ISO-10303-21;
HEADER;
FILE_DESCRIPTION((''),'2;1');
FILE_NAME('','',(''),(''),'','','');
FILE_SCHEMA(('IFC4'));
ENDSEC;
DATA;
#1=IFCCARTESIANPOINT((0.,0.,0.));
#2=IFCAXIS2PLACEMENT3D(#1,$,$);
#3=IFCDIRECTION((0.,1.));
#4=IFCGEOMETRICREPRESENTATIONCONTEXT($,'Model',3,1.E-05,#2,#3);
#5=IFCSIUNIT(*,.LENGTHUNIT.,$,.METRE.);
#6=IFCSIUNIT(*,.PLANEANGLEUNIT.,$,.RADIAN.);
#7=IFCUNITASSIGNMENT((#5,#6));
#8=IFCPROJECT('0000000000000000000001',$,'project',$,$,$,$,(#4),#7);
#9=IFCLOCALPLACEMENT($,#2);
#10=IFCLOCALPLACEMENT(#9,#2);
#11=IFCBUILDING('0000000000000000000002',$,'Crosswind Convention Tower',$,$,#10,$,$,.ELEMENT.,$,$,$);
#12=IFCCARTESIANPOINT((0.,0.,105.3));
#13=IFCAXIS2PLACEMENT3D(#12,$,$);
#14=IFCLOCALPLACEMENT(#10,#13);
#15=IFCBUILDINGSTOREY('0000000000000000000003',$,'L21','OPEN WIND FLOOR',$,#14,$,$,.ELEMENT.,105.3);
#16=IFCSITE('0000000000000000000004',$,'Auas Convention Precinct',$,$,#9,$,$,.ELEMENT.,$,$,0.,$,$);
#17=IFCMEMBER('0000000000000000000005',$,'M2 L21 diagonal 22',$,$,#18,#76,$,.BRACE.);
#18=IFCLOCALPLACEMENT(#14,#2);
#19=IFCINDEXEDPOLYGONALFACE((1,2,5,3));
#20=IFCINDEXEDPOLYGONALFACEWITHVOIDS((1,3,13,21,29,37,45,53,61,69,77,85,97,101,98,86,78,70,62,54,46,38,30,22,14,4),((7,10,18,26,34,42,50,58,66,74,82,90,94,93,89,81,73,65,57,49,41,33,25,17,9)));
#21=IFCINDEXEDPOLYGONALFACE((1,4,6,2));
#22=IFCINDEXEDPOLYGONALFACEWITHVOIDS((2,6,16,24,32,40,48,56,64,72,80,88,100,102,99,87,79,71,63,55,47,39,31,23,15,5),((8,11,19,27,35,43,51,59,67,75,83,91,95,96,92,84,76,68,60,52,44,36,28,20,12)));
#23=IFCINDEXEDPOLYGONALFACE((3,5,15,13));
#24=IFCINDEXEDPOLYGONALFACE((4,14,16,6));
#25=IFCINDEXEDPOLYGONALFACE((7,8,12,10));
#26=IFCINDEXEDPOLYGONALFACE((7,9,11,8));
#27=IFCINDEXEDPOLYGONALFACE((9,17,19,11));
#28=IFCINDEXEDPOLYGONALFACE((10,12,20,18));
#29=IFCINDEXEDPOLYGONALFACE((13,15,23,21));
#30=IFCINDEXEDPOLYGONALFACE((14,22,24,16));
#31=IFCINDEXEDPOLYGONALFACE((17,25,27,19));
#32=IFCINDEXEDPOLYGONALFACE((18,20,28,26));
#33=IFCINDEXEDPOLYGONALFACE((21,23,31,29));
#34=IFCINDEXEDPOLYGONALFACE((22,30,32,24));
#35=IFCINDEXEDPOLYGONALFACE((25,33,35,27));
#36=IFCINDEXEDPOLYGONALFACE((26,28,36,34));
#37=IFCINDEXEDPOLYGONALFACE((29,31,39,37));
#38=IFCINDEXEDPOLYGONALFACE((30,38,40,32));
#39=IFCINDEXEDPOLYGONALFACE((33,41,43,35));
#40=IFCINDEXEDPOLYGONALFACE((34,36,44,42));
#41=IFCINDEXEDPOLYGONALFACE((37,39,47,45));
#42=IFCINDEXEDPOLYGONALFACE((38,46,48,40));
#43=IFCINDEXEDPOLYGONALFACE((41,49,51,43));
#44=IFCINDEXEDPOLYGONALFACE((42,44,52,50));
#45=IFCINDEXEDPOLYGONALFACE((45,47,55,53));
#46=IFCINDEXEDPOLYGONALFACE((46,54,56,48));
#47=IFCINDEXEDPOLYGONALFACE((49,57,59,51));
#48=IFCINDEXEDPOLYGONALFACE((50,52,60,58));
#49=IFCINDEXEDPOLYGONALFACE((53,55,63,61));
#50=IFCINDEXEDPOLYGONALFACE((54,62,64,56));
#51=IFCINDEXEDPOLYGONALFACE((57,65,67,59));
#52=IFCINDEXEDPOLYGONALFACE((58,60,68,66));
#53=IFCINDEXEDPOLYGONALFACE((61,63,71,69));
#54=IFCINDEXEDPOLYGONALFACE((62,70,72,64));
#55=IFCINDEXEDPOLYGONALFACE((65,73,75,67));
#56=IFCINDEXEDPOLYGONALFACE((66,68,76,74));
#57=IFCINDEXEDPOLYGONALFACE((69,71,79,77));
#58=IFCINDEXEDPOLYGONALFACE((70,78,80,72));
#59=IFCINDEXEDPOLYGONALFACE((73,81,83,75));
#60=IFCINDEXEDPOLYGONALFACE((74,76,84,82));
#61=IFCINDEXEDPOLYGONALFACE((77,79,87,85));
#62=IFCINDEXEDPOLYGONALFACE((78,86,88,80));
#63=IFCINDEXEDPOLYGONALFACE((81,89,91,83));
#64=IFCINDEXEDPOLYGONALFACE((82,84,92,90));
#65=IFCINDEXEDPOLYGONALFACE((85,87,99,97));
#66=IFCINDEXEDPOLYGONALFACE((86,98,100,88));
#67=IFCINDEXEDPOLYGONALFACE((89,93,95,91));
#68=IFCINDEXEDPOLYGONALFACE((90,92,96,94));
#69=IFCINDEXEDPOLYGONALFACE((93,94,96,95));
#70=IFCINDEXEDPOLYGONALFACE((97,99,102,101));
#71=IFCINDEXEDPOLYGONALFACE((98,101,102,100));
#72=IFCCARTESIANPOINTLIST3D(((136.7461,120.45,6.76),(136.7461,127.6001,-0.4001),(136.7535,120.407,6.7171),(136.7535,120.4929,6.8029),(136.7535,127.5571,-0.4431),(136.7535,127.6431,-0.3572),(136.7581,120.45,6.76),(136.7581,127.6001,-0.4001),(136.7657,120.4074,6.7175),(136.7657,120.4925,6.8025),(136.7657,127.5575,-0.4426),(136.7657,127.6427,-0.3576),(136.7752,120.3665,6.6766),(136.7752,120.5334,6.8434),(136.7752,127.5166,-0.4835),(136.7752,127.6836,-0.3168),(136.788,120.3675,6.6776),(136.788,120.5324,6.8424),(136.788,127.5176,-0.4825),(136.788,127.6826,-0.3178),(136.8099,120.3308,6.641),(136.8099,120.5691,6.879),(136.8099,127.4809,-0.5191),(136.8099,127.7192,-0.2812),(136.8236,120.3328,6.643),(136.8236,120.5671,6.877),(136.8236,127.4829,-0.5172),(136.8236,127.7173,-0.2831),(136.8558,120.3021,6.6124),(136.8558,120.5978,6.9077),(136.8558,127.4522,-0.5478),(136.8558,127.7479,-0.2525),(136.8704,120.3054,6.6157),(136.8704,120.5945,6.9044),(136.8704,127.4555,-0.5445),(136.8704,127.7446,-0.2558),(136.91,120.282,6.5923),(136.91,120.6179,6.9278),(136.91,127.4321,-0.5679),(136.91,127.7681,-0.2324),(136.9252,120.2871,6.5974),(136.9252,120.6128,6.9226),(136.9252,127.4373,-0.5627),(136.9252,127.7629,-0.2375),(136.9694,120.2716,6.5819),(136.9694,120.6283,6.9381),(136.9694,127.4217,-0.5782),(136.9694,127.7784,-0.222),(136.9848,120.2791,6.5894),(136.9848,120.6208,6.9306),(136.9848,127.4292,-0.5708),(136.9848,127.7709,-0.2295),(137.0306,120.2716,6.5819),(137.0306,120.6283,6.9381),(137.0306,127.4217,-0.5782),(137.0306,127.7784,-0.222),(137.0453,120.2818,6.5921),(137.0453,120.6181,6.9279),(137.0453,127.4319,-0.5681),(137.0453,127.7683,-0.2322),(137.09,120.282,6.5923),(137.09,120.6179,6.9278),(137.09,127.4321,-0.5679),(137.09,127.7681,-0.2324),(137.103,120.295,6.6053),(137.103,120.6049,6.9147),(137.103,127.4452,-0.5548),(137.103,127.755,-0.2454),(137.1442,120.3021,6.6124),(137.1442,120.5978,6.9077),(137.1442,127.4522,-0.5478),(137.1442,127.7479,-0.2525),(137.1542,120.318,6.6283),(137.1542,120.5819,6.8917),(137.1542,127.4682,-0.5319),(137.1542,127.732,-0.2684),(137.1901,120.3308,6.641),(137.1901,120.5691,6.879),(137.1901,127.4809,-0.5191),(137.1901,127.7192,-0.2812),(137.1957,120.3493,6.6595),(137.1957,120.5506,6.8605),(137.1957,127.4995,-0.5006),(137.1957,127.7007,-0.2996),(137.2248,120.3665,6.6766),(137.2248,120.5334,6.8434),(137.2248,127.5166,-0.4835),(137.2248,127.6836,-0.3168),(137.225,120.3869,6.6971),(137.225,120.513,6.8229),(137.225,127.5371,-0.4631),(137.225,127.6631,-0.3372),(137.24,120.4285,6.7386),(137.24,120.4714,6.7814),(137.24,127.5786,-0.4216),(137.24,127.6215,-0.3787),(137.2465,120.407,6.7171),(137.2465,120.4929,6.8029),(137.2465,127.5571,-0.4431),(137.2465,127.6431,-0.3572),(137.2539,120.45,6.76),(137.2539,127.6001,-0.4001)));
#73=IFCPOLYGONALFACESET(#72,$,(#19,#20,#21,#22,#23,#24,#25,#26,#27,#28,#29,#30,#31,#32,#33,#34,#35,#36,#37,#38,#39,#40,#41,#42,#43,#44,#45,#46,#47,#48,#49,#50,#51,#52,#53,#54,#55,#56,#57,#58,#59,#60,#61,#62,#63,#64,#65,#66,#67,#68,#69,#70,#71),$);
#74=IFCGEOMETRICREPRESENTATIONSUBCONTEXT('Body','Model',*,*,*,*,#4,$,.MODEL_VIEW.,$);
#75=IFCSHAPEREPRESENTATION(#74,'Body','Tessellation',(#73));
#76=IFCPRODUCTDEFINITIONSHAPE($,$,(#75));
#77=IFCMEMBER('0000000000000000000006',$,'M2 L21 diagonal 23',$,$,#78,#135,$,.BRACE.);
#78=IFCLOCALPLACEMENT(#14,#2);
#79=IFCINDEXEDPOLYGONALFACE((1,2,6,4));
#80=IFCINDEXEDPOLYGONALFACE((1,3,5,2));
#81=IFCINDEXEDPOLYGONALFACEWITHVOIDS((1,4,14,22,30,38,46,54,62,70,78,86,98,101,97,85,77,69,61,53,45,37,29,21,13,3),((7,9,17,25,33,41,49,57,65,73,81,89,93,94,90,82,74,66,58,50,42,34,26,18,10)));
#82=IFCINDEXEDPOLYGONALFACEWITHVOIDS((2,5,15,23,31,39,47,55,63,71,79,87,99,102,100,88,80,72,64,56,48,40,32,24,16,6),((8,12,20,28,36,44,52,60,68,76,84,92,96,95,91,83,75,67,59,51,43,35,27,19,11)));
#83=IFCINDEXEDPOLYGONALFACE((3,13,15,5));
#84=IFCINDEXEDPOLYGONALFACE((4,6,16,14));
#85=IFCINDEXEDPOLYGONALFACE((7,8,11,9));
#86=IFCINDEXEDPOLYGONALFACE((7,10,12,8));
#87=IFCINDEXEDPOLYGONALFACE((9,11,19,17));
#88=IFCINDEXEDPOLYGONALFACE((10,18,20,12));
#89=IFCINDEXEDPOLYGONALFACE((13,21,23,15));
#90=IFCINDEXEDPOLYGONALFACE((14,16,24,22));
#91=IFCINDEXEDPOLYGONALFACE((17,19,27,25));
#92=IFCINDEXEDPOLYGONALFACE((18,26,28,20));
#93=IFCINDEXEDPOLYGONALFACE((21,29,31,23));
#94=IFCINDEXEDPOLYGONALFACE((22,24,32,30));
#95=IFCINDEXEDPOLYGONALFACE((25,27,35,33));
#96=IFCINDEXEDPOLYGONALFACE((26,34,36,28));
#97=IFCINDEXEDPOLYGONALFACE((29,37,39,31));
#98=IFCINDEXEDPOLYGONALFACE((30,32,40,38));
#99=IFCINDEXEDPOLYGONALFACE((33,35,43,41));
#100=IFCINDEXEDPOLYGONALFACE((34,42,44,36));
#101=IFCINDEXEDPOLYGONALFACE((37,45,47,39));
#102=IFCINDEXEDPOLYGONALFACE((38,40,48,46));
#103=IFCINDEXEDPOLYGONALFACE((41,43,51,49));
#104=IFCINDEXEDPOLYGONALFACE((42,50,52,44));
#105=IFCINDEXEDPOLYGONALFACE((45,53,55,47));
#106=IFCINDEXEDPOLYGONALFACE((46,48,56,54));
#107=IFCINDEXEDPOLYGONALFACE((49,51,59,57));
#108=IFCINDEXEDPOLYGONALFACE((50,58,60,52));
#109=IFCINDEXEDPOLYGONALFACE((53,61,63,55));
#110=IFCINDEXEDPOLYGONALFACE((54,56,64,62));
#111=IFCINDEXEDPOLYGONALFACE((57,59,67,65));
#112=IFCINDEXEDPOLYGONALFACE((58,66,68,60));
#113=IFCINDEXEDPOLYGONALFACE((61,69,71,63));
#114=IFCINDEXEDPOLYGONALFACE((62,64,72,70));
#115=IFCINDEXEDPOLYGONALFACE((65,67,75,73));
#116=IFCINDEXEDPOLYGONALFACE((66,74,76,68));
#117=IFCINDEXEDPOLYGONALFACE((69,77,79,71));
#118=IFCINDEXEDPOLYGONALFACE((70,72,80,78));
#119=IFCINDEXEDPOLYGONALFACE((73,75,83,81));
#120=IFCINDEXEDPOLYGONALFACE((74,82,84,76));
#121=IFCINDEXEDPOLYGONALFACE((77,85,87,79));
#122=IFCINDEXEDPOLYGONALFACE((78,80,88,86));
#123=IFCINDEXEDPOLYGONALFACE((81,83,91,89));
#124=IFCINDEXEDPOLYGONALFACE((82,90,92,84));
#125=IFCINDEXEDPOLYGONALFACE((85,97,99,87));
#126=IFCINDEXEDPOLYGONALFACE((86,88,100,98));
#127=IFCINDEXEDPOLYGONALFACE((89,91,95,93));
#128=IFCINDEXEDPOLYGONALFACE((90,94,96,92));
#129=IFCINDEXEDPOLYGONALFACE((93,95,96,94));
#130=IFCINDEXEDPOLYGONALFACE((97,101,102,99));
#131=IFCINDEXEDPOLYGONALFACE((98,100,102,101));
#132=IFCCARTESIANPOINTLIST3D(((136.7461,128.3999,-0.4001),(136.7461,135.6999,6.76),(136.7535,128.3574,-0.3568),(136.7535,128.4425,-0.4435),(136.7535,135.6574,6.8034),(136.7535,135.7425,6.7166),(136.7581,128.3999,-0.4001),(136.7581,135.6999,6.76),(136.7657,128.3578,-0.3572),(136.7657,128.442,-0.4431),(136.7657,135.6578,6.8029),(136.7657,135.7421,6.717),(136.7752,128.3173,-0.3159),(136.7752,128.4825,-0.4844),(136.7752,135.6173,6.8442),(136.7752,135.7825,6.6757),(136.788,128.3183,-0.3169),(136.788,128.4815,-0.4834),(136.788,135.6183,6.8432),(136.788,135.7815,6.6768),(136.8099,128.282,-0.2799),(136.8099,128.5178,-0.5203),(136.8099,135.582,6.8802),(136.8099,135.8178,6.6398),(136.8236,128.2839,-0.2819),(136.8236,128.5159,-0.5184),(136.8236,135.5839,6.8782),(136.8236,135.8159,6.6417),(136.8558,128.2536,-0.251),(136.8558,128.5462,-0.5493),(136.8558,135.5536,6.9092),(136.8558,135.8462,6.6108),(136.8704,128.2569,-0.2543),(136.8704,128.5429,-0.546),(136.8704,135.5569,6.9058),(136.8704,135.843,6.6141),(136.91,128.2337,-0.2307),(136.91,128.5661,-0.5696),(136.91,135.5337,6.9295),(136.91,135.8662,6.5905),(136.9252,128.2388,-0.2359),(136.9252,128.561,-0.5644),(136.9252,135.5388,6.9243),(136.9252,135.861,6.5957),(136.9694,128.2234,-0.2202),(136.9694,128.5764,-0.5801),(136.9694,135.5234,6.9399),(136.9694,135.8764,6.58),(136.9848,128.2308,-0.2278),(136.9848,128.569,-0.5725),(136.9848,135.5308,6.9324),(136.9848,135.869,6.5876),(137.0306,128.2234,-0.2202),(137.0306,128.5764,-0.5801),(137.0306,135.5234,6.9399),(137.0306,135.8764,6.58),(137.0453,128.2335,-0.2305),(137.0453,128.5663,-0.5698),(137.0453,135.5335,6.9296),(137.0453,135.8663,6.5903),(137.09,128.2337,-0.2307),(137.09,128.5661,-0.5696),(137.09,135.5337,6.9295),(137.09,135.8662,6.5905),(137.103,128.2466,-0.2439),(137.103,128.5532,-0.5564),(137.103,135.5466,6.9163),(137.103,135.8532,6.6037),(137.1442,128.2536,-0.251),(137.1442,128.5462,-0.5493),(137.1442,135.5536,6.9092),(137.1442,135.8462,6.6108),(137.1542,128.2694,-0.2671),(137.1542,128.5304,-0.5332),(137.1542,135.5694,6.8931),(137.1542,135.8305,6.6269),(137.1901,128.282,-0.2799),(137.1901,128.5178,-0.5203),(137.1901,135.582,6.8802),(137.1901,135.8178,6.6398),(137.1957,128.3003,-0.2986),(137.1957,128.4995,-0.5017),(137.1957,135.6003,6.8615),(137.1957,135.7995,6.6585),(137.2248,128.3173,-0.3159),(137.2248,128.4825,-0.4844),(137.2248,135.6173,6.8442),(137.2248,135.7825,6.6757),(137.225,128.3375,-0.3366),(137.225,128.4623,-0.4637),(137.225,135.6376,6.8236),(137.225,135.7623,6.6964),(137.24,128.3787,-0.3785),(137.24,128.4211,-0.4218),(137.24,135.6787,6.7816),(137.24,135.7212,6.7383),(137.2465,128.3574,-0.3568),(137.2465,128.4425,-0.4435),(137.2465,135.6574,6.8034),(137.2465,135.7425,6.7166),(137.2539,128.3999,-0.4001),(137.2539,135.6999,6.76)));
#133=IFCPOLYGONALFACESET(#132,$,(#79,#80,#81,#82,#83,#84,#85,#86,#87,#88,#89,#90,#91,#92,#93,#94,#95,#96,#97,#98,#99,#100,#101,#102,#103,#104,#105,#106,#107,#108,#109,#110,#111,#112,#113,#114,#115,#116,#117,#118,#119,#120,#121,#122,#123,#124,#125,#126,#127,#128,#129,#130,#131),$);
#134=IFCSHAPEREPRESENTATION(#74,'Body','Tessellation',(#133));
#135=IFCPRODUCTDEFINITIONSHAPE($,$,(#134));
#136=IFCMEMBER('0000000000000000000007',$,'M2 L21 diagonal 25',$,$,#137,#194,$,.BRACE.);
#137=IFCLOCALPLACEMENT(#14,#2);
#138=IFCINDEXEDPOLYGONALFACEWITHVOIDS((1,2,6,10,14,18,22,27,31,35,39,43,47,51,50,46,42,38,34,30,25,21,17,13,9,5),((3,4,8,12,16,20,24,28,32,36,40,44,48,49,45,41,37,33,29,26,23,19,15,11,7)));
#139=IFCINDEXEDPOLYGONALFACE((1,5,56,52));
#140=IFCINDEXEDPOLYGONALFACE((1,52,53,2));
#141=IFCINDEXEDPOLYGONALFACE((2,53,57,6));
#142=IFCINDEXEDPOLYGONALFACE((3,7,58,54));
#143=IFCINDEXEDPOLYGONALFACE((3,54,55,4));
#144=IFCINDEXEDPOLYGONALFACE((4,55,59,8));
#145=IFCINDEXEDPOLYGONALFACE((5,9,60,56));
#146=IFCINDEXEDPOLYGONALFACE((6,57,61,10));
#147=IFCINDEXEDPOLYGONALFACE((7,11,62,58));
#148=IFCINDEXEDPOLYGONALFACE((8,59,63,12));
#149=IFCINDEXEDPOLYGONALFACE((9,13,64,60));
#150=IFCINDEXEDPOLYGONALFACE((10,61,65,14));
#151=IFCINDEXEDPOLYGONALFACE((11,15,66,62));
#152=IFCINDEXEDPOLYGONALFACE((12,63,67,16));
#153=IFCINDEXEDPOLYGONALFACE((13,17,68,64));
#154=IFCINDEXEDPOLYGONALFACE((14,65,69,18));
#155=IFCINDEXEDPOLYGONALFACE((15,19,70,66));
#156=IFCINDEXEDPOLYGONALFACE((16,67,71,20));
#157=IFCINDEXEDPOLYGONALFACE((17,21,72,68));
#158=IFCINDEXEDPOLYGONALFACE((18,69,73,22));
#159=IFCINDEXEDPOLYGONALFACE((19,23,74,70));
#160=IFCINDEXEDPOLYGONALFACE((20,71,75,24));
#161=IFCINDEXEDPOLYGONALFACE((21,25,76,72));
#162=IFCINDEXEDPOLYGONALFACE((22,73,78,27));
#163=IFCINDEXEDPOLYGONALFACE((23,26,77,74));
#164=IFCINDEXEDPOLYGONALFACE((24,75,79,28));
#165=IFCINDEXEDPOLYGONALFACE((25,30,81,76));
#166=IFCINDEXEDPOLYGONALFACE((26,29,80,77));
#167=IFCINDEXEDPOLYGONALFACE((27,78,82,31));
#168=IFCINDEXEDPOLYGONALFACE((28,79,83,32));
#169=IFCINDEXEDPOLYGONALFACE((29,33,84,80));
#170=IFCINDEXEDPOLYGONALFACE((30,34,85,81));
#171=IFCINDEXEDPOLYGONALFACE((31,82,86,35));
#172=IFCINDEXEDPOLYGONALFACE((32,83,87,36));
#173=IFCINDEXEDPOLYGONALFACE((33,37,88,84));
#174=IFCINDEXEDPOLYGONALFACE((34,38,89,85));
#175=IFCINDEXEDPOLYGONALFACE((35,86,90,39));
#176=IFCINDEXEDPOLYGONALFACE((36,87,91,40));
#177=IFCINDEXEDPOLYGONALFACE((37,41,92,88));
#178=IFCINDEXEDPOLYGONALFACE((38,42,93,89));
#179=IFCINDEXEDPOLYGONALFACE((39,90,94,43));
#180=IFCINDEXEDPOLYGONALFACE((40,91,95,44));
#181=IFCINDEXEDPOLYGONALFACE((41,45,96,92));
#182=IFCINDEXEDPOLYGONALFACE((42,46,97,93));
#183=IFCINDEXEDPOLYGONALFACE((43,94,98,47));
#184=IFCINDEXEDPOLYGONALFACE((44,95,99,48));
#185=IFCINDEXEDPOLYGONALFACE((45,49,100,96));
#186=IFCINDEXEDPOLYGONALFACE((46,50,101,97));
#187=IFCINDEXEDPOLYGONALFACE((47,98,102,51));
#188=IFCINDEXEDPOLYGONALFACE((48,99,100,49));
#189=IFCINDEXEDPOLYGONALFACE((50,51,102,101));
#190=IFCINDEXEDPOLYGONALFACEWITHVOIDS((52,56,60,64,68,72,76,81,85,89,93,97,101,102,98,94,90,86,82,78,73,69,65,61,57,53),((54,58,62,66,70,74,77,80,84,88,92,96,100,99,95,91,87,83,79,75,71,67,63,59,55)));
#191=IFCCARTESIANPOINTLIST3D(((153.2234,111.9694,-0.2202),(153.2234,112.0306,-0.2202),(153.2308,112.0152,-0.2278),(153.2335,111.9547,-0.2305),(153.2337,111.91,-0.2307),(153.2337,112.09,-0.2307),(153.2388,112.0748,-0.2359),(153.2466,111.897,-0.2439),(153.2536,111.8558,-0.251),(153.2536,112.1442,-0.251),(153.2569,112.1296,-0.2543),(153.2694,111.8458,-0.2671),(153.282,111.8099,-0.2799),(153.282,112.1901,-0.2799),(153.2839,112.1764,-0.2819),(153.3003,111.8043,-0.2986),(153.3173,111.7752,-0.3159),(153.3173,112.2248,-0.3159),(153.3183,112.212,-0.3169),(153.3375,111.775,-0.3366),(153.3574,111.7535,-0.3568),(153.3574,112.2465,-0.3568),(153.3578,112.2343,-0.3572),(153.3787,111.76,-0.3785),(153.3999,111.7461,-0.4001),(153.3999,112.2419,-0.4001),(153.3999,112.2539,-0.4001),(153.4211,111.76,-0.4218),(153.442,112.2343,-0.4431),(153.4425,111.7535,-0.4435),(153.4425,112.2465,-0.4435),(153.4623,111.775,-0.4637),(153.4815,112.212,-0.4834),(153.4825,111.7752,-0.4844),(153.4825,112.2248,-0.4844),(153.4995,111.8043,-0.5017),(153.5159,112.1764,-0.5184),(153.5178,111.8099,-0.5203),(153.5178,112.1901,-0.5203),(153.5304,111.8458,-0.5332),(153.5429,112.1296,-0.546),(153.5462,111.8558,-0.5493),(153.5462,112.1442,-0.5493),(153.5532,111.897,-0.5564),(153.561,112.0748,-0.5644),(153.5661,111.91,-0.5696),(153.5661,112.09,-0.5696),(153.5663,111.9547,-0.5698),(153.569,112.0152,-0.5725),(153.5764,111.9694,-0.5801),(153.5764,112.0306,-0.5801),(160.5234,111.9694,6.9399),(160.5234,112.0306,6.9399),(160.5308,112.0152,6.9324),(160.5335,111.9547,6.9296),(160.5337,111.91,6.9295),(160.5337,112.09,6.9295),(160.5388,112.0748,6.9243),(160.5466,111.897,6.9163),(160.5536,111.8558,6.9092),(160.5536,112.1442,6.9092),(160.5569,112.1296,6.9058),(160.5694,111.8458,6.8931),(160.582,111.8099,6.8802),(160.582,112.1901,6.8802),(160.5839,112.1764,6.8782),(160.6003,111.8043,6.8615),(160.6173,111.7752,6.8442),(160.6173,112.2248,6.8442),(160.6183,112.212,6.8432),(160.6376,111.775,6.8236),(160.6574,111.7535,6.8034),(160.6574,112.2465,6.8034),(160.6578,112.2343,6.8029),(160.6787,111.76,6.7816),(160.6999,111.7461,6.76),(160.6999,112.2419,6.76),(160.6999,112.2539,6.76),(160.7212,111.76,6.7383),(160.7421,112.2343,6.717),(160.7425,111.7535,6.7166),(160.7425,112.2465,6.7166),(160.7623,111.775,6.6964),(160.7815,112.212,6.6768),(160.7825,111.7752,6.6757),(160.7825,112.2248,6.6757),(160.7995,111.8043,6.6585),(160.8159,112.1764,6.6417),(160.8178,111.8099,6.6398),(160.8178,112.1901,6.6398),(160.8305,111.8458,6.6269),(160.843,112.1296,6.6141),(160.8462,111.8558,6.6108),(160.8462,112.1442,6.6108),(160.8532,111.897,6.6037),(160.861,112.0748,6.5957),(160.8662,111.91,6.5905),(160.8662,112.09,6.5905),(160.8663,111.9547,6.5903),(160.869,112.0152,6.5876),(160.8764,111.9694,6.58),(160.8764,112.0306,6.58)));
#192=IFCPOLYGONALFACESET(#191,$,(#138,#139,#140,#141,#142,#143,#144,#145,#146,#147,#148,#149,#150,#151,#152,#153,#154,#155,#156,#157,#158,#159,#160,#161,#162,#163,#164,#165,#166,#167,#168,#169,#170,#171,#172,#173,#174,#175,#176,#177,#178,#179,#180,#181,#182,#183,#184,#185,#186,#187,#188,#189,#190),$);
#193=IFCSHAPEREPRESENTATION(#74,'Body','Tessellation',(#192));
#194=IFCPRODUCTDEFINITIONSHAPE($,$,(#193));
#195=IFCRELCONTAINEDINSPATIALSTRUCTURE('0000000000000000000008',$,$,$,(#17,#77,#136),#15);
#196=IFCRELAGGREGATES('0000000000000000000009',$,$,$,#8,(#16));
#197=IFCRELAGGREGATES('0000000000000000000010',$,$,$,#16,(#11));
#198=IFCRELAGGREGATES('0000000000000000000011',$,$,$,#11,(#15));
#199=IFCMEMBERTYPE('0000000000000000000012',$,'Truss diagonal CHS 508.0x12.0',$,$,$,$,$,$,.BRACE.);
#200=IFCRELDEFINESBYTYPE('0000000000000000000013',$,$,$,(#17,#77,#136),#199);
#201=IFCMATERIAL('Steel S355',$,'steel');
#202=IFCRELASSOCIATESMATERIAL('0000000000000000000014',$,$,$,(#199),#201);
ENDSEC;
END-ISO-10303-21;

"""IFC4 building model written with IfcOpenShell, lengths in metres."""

from ifc_helpers import new_model, si_unit, direction, frame, origin, origin_2d, place, context, subcontext, project, spatial, hollow_circle, extrude, material, material_profile, profile_set, type_object, element, save


model = new_model("IFC4")

# Units and contexts
model_context = context("Model", 3, precision=1e-05, world=origin(), true_north=direction((0.0, 1.0)))
body_context = subcontext(model_context, "Body", "Model", "MODEL_VIEW")
ifc_project = project(units=[si_unit("LENGTHUNIT", "METRE"), si_unit("PLANEANGLEUNIT", "RADIAN")], contexts=[model_context])

# Site, building, storey
site_placement = place(None, origin())
site = spatial("IfcSite", under=ifc_project, at=site_placement, Name="Auas Convention Precinct", CompositionType="ELEMENT", RefElevation=0.0)
building_placement = place(site_placement, origin())
building = spatial("IfcBuilding", under=site, at=building_placement, Name="Crosswind Convention Tower", CompositionType="ELEMENT")
storey_placement = place(building_placement, frame((0.0, 0.0, 105.3)))
storey = spatial("IfcBuildingStorey", under=building, at=storey_placement, Name="L21", Description="OPEN WIND FLOOR", CompositionType="ELEMENT", Elevation=105.3)

# Members
ifc_material_1 = material(Name="Steel S355", Category="steel")
ifc_material_profile_1 = material_profile(ifc_material_1, hollow_circle(Radius=0.2539, WallThickness=0.012, at=origin_2d()), Name="CHS 508.0x12.0")
ifc_profile_set_1 = profile_set([ifc_material_profile_1], Name="Steel S355")
member_type_1 = type_object("IfcMemberType", Name="Truss diagonal CHS 508.0x12.0", PredefinedType="BRACE", material=ifc_profile_set_1)
member_1_placement = place(storey_placement, frame((137.0, 120.45, 6.76), z_axis=(0.0, 0.706612, -0.707601), x_axis=(-1.0, 0.0, 0.0)))
element("IfcMember", 1, at=member_1_placement, inside=storey, type_object=member_type_1, Name="M2 L21 diagonal 22", PredefinedType="BRACE", context=body_context, shape_type="SweptSolid", body=[
    extrude(hollow_circle(Radius=0.2539, WallThickness=0.012, at=origin_2d()), origin(), (0.0, 0.0, 1.0), 10.1189),
])
for number, where, z_axis, x_axis, name in (
    (2, (137.0, 128.3999, -0.4001), (0.0, 0.713914, 0.700233), (-1.0, 0.0, 0.0), "M2 L21 diagonal 23"),
    (3, (153.3999, 112.0, -0.4001), (0.713914, 0.0, 0.700233), (0.0, 1.0, 0.0), "M2 L21 diagonal 25"),
):
    element("IfcMember", number, at=place(storey_placement, frame(where, z_axis=z_axis, x_axis=x_axis)), inside=storey, type_object=member_type_1, Name=name, PredefinedType="BRACE", context=body_context, shape_type="SweptSolid", body=[
        extrude(hollow_circle(Radius=0.2539, WallThickness=0.012, at=origin_2d()), origin(), (0.0, 0.0, 1.0), 10.2253),
    ])

save(model, "model.ifc")
